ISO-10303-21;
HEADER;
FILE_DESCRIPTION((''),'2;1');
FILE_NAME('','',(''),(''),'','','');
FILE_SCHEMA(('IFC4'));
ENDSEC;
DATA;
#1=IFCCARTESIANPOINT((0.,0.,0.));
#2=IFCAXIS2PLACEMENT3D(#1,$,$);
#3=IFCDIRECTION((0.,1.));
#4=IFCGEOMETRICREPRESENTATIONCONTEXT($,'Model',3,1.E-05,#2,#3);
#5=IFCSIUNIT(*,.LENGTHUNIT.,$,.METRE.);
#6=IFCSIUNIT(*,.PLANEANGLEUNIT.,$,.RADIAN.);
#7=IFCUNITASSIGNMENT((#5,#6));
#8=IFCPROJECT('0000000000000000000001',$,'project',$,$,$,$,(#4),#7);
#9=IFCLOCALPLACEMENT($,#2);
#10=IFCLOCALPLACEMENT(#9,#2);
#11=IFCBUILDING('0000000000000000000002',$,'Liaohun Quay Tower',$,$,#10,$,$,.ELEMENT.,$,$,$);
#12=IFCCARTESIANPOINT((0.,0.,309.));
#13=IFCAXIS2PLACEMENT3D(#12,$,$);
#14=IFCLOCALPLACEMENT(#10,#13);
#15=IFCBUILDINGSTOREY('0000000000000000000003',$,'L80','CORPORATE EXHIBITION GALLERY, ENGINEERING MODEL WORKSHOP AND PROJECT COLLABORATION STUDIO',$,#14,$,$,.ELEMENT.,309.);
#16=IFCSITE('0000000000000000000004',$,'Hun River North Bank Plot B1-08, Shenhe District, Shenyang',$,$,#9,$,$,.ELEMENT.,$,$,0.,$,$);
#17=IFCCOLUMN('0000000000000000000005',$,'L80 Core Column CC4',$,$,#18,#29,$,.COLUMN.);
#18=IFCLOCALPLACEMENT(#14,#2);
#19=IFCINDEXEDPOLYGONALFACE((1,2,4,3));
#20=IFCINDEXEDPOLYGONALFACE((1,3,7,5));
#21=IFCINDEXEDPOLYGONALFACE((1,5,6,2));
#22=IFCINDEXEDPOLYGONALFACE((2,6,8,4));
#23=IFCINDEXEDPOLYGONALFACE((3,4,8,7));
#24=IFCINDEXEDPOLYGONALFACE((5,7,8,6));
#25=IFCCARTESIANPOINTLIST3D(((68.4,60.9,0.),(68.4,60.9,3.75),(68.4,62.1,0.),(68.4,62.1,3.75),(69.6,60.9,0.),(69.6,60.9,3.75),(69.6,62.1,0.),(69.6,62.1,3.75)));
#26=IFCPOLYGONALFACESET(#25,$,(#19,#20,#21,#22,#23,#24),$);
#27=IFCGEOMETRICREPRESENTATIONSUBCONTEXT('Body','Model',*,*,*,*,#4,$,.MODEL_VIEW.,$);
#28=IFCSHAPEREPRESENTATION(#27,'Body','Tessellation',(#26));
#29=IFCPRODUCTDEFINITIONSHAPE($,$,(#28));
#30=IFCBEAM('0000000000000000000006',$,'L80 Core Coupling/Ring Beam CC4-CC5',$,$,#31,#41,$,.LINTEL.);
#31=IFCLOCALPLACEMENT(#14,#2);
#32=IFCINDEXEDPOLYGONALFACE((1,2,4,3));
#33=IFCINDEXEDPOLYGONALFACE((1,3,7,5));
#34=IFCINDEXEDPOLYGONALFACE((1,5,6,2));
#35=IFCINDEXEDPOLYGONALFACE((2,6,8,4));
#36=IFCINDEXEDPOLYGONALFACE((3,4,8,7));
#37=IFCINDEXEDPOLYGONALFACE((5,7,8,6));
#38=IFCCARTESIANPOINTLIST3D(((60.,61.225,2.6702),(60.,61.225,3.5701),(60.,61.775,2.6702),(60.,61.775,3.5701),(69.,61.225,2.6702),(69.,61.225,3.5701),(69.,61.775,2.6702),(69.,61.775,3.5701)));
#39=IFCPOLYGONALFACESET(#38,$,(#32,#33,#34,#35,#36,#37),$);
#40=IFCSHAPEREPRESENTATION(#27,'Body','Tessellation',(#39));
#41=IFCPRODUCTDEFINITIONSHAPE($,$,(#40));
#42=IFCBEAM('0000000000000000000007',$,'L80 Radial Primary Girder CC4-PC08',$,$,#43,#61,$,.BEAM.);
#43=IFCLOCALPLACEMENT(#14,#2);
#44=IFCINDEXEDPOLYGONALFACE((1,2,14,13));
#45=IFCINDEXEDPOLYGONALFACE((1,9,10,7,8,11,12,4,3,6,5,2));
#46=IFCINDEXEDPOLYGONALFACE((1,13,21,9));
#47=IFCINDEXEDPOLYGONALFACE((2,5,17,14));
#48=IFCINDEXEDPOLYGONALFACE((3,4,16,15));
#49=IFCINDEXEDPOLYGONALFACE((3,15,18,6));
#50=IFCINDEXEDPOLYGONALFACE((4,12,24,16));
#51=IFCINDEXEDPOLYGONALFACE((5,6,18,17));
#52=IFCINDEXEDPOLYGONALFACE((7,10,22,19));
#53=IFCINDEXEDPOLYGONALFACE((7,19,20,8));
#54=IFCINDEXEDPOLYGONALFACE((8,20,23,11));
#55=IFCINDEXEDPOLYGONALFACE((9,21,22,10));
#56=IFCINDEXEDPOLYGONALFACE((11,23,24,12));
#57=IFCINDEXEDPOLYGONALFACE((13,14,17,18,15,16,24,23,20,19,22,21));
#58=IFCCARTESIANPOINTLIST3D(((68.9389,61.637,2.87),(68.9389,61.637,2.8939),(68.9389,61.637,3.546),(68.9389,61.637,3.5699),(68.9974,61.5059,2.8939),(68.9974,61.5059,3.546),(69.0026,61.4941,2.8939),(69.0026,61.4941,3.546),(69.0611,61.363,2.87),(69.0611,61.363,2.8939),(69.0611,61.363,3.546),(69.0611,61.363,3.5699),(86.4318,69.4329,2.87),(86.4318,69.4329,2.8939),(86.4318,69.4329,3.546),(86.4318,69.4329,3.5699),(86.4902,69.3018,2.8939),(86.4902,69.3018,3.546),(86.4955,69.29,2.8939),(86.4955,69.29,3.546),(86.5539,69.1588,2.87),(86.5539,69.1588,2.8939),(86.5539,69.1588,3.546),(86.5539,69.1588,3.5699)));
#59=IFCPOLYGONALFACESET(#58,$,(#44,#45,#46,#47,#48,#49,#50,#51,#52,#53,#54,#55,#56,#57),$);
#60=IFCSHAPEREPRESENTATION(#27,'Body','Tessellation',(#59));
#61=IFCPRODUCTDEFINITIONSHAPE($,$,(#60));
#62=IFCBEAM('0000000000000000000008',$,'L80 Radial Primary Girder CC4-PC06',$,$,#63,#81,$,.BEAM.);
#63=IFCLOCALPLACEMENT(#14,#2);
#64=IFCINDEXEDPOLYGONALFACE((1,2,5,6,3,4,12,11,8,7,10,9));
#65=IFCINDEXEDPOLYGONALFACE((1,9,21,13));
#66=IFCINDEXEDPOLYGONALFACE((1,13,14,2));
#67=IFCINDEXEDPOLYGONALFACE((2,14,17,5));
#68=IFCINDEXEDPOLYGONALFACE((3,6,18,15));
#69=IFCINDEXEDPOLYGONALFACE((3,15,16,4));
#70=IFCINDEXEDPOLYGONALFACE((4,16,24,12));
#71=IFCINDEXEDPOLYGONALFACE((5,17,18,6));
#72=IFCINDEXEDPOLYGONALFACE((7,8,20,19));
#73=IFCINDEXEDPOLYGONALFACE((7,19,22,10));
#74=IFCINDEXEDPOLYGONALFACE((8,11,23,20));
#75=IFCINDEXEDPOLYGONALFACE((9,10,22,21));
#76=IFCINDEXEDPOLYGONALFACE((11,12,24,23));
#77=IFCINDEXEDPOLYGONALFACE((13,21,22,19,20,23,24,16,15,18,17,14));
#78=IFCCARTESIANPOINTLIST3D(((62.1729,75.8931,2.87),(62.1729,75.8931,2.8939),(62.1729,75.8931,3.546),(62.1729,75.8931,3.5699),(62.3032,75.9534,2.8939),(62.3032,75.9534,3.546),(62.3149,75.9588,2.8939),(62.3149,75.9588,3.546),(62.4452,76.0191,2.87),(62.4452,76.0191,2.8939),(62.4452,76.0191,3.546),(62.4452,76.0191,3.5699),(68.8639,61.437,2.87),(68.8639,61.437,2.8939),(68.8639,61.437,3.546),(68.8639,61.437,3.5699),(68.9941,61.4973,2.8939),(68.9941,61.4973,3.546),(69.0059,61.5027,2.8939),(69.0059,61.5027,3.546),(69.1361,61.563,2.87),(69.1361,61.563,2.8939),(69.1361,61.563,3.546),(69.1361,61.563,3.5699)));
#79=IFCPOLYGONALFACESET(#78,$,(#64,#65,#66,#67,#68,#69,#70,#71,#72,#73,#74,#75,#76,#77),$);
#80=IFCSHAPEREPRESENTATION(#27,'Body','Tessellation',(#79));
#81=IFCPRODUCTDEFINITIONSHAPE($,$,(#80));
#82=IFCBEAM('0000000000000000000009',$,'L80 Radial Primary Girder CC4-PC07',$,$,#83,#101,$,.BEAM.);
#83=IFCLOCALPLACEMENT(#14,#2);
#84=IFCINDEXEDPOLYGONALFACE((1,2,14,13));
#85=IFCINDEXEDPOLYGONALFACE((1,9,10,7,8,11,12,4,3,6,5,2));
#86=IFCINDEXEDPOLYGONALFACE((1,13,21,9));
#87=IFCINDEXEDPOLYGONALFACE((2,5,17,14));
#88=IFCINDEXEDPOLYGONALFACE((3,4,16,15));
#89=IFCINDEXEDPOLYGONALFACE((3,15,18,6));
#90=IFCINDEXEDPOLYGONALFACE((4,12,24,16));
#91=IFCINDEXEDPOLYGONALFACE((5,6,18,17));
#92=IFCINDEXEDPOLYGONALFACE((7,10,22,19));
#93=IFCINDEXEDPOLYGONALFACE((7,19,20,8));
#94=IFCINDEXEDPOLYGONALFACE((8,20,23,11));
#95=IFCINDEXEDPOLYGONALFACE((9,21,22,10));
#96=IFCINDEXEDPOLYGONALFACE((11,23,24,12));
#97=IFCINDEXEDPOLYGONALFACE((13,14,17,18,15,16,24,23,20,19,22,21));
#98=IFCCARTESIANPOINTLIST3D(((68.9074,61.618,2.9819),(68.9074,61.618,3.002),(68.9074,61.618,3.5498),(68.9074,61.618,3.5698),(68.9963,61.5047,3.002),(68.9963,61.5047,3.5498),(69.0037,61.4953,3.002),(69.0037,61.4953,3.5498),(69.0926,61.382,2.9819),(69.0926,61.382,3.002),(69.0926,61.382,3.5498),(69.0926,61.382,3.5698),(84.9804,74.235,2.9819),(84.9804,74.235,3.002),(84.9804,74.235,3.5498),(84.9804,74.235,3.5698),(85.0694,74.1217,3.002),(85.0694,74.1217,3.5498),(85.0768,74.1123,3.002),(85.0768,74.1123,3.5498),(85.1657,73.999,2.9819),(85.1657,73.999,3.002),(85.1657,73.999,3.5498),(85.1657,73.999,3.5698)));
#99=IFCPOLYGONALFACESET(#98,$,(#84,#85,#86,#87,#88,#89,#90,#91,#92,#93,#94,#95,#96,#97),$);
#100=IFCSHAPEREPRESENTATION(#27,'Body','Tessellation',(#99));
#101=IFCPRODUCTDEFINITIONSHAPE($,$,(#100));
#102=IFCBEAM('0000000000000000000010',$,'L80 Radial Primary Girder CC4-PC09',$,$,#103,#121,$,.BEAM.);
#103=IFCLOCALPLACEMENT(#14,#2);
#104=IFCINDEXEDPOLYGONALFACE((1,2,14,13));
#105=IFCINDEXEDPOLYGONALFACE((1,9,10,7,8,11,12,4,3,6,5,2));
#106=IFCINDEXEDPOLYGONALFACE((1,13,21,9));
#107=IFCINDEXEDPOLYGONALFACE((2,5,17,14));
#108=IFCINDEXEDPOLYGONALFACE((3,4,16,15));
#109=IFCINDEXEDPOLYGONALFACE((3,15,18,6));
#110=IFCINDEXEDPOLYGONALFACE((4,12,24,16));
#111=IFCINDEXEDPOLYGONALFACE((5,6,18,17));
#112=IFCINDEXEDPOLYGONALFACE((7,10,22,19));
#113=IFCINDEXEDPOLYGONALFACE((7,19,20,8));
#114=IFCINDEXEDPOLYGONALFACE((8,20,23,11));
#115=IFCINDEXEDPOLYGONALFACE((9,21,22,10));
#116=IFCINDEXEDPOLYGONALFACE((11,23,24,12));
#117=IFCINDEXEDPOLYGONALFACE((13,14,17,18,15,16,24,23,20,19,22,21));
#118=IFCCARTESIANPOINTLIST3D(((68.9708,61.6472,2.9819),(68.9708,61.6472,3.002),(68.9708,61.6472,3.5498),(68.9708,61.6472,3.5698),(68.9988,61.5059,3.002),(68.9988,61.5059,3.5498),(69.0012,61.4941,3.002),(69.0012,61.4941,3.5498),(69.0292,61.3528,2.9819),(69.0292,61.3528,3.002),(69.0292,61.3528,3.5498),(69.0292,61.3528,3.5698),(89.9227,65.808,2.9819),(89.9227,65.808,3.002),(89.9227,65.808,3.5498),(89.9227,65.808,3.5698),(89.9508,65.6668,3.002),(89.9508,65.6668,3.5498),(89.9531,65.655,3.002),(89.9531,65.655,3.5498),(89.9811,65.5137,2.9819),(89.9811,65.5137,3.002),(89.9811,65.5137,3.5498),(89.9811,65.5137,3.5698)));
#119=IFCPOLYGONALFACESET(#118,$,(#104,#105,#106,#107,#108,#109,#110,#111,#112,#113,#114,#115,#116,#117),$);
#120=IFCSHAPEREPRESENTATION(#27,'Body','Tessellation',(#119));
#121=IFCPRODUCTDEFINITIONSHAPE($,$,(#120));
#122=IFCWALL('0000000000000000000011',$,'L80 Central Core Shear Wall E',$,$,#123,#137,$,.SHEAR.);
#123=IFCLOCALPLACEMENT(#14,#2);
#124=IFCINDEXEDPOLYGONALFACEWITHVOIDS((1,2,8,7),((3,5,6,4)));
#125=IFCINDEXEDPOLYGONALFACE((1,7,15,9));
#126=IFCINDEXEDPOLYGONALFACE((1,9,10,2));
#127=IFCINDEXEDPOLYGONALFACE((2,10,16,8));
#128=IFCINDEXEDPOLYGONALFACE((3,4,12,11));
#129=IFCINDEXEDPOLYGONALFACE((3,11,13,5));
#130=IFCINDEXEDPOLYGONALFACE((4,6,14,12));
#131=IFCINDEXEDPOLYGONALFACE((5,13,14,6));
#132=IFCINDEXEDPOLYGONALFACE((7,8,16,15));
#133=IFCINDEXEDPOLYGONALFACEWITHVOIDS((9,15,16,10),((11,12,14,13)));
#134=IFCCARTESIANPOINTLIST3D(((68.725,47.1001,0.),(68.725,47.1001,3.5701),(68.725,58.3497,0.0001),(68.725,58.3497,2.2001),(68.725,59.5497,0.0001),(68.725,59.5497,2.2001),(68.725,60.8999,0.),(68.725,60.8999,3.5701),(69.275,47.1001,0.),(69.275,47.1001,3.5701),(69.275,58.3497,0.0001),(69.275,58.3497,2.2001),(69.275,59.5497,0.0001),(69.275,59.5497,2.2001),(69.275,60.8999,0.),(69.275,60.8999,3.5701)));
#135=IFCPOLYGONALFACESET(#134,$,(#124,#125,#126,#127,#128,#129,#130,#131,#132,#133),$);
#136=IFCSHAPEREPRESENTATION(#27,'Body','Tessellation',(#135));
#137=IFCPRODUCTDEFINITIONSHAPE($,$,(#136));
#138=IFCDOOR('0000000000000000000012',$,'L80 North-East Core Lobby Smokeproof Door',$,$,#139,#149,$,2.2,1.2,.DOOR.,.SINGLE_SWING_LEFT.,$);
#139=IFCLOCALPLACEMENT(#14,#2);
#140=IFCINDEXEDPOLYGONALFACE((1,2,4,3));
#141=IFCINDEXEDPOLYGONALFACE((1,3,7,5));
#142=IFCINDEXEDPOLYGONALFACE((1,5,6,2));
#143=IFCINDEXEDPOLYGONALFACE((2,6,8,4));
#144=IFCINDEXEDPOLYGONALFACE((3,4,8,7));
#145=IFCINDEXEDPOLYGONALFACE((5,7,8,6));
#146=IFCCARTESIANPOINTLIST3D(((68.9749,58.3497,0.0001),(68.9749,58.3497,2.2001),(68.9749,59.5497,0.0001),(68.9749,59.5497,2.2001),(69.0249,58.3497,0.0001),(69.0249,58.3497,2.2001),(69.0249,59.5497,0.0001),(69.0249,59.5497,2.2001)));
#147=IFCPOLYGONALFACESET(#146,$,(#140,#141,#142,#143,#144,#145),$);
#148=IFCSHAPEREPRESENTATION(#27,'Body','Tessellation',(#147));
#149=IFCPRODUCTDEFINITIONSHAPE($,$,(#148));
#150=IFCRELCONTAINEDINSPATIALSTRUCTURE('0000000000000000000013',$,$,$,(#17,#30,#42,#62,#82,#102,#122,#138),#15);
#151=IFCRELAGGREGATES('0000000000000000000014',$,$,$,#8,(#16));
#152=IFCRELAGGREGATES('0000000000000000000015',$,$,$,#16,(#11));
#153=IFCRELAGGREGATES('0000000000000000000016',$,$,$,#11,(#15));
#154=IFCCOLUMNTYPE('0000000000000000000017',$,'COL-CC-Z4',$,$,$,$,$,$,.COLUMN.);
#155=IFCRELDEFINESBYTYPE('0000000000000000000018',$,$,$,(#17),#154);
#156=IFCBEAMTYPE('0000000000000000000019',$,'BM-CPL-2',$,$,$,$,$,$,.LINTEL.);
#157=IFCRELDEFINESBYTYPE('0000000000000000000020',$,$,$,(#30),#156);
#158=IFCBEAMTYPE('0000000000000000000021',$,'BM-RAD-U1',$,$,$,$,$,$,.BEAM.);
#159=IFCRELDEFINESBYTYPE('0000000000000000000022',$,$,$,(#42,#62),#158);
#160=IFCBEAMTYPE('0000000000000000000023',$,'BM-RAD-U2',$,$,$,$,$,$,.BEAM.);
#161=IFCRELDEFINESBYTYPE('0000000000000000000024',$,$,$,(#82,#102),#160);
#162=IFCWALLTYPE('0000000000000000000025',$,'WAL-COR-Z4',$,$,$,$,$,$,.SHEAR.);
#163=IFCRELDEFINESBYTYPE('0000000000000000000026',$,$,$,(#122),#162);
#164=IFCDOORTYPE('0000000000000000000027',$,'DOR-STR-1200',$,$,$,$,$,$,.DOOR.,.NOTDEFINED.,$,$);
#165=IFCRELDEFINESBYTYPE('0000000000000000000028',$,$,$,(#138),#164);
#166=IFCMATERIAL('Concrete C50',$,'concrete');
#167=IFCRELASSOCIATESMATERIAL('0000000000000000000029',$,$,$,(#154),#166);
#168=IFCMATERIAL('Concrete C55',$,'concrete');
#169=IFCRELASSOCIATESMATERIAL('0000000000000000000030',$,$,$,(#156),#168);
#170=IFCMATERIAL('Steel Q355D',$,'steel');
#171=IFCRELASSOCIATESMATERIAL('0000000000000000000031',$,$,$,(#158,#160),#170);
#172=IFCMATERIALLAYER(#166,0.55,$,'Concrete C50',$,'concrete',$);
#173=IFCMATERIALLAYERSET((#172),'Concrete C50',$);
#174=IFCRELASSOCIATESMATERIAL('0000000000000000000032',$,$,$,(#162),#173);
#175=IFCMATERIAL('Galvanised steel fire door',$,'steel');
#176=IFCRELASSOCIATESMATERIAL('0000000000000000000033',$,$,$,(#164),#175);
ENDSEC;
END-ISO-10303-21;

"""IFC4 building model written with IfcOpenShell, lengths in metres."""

from ifc_helpers import new_model, si_unit, direction, frame, frame_2d, origin, origin_2d, place, context, subcontext, project, spatial, rectangle, i_section, extrude, source, transform, mapped, material, layer, layer_set, material_profile, profile_set, type_object, element, fill, save


model = new_model("IFC4")

# Units and contexts
model_context = context("Model", 3, precision=1e-05, world=origin(), true_north=direction((0.0, 1.0)))
body_context = subcontext(model_context, "Body", "Model", "MODEL_VIEW")
ifc_project = project(units=[si_unit("LENGTHUNIT", "METRE"), si_unit("PLANEANGLEUNIT", "RADIAN")], contexts=[model_context])

# Site, building, storey
site_placement = place(None, origin())
site = spatial("IfcSite", under=ifc_project, at=site_placement, Name="Hun River North Bank Plot B1-08, Shenhe District, Shenyang", CompositionType="ELEMENT", RefElevation=0.0)
building_placement = place(site_placement, origin())
building = spatial("IfcBuilding", under=site, at=building_placement, Name="Liaohun Quay Tower", CompositionType="ELEMENT")
storey_placement = place(building_placement, frame((0.0, 0.0, 309.0)))
storey = spatial("IfcBuildingStorey", under=building, at=storey_placement, Name="L80", Description="CORPORATE EXHIBITION GALLERY, ENGINEERING MODEL WORKSHOP AND PROJECT COLLABORATION STUDIO", CompositionType="ELEMENT", Elevation=309.0)

# Column
ifc_material_1 = material(Name="Concrete C50", Category="concrete")
ifc_material_profile_1 = material_profile(ifc_material_1, rectangle(XDim=1.2, YDim=1.2, at=origin_2d()), Name="RC1200x1200")
ifc_profile_set_1 = profile_set([ifc_material_profile_1], Name="Concrete C50")
column_type = type_object("IfcColumnType", Name="COL-CC-Z4", PredefinedType="COLUMN", material=ifc_profile_set_1)
shared_shape_1 = source(origin(), body_context, "Body", "SweptSolid", [
    extrude(rectangle(XDim=1.2, YDim=1.2, at=origin_2d()), origin(), (0.0, 0.0, 1.0), 3.75),
])
column_placement = place(storey_placement, frame((69.0, 61.5, 0.0), z_axis=(0.0, 0.0, 1.0), x_axis=(1.0, 0.0, 0.0)))
element("IfcColumn", 1, at=column_placement, inside=storey, type_object=column_type, Name="L80 Core Column CC4", PredefinedType="COLUMN", context=body_context, shape_type="MappedRepresentation", body=[
    mapped(shared_shape_1, transform((0.0, 0.0, 0.0), x_axis=(1.0, 0.0, 0.0), y_axis=(0.0, 1.0, 0.0), z_axis=(0.0, 0.0, 1.0), scale=1.0)),
])

# Beams
ifc_material_2 = material(Name="Concrete C55", Category="concrete")
ifc_material_profile_2 = material_profile(ifc_material_2, rectangle(XDim=0.55, YDim=0.8999, at=origin_2d()), Name="RC550x900")
ifc_profile_set_2 = profile_set([ifc_material_profile_2], Name="Concrete C55")
beam_type_1 = type_object("IfcBeamType", Name="BM-CPL-2", PredefinedType="LINTEL", material=ifc_profile_set_2)
shared_shape_2 = source(origin(), body_context, "Body", "SweptSolid", [
    extrude(rectangle(XDim=0.55, YDim=0.8999, at=origin_2d()), origin(), (0.0, 0.0, 1.0), 9.0),
])
beam_1_placement = place(storey_placement, frame((69.0, 61.5, 3.1201), z_axis=(-1.0, 0.0, 0.0), x_axis=(0.0, -1.0, 0.0)))
element("IfcBeam", 2, at=beam_1_placement, inside=storey, type_object=beam_type_1, Name="L80 Core Coupling/Ring Beam CC4-CC5", PredefinedType="LINTEL", context=body_context, shape_type="MappedRepresentation", body=[
    mapped(shared_shape_2, transform((0.0, 0.0, 0.0), x_axis=(1.0, 0.0, 0.0), y_axis=(0.0, 1.0, 0.0), z_axis=(0.0, 0.0, 1.0), scale=1.0)),
])
ifc_material_3 = material(Name="Steel Q355D", Category="steel")
ifc_material_profile_3 = material_profile(ifc_material_3, i_section(OverallWidth=0.3, OverallDepth=0.7, WebThickness=0.0129, FlangeThickness=0.0239, at=origin_2d()), Name="HN700x300x13x24")
ifc_profile_set_3 = profile_set([ifc_material_profile_3], Name="Steel Q355D")
beam_type_2 = type_object("IfcBeamType", Name="BM-RAD-U1", PredefinedType="BEAM", material=ifc_profile_set_3)
shared_shape_3 = source(origin(), body_context, "Body", "SweptSolid", [
    extrude(i_section(OverallWidth=0.3, OverallDepth=0.7, WebThickness=0.0129, FlangeThickness=0.0239, at=origin_2d()), origin(), (0.0, 0.0, 1.0), 19.1514),
])
beam_2_placement = place(storey_placement, frame((69.0, 61.5, 3.22), z_axis=(0.913399, 0.407066, 0.0), x_axis=(-0.407066, 0.913399, 0.0)))
element("IfcBeam", 3, at=beam_2_placement, inside=storey, type_object=beam_type_2, Name="L80 Radial Primary Girder CC4-PC08", PredefinedType="BEAM", context=body_context, shape_type="MappedRepresentation", body=[
    mapped(shared_shape_3, transform((0.0, 0.0, 0.0), x_axis=(1.0, 0.0, 0.0), y_axis=(0.0, 1.0, 0.0), z_axis=(0.0, 0.0, 1.0), scale=1.0)),
])
shared_shape_4 = source(origin(), body_context, "Body", "SweptSolid", [
    extrude(i_section(OverallWidth=0.3, OverallDepth=0.7, WebThickness=0.0129, FlangeThickness=0.0239, at=origin_2d()), origin(), (0.0, 0.0, 1.0), 15.9294),
])
beam_3_placement = place(storey_placement, frame((69.0, 61.5, 3.22), z_axis=(-0.420036, 0.907508, 0.0), x_axis=(-0.907508, -0.420036, 0.0)))
element("IfcBeam", 4, at=beam_3_placement, inside=storey, type_object=beam_type_2, Name="L80 Radial Primary Girder CC4-PC06", PredefinedType="BEAM", context=body_context, shape_type="MappedRepresentation", body=[
    mapped(shared_shape_4, transform((0.0, 0.0, 0.0), x_axis=(1.0, 0.0, 0.0), y_axis=(0.0, 1.0, 0.0), z_axis=(0.0, 0.0, 1.0), scale=1.0)),
])
ifc_material_profile_4 = material_profile(ifc_material_3, i_section(OverallWidth=0.3, OverallDepth=0.5879, WebThickness=0.012, FlangeThickness=0.02, at=origin_2d()), Name="HM588x300x12x20")
ifc_profile_set_4 = profile_set([ifc_material_profile_4], Name="Steel Q355D")
beam_type_3 = type_object("IfcBeamType", Name="BM-RAD-U2", PredefinedType="BEAM", material=ifc_profile_set_4)
shared_shape_5 = source(origin(), body_context, "Body", "SweptSolid", [
    extrude(i_section(OverallWidth=0.3, OverallDepth=0.5879, WebThickness=0.012, FlangeThickness=0.02, at=origin_2d()), origin(), (0.0, 0.0, 1.0), 20.4336),
])
beam_4_placement = place(storey_placement, frame((69.0, 61.5, 3.2759), z_axis=(0.7866, 0.617463, 0.0), x_axis=(-0.617463, 0.7866, 0.0)))
element("IfcBeam", 5, at=beam_4_placement, inside=storey, type_object=beam_type_3, Name="L80 Radial Primary Girder CC4-PC07", PredefinedType="BEAM", context=body_context, shape_type="MappedRepresentation", body=[
    mapped(shared_shape_5, transform((0.0, 0.0, 0.0), x_axis=(1.0, 0.0, 0.0), y_axis=(0.0, 1.0, 0.0), z_axis=(0.0, 0.0, 1.0), scale=1.0)),
])
shared_shape_6 = source(origin(), body_context, "Body", "SweptSolid", [
    extrude(i_section(OverallWidth=0.3, OverallDepth=0.5879, WebThickness=0.012, FlangeThickness=0.02, at=origin_2d()), origin(), (0.0, 0.0, 1.0), 21.3611),
])
beam_5_placement = place(storey_placement, frame((69.0, 61.5, 3.2759), z_axis=(0.980845, 0.194788, 0.0), x_axis=(-0.194788, 0.980845, 0.0)))
element("IfcBeam", 6, at=beam_5_placement, inside=storey, type_object=beam_type_3, Name="L80 Radial Primary Girder CC4-PC09", PredefinedType="BEAM", context=body_context, shape_type="MappedRepresentation", body=[
    mapped(shared_shape_6, transform((0.0, 0.0, 0.0), x_axis=(1.0, 0.0, 0.0), y_axis=(0.0, 1.0, 0.0), z_axis=(0.0, 0.0, 1.0), scale=1.0)),
])

# Wall, opening, door
ifc_layer_1 = layer(ifc_material_1, 0.55, Name="Concrete C50", Category="concrete")
ifc_layer_set_1 = layer_set([ifc_layer_1], Name="Concrete C50")
wall_type_1 = type_object("IfcWallType", Name="WAL-COR-Z4", PredefinedType="SHEAR", material=ifc_layer_set_1)
wall_1_placement = place(storey_placement, frame((69.0, 60.8999, 0.0), z_axis=(0.0, 0.0, 1.0), x_axis=(0.0, -1.0, 0.0)))
wall_1 = element("IfcWall", 7, at=wall_1_placement, inside=storey, type_object=wall_type_1, Name="L80 Central Core Shear Wall E", PredefinedType="SHEAR", context=body_context, shape_type="SweptSolid", body=[
    extrude(rectangle(XDim=13.7998, YDim=0.55, at=frame_2d((6.8999, 0.0))), origin(), (0.0, 0.0, 1.0), 3.5701),
])
shared_shape_7 = source(origin(), body_context, "Body", "SweptSolid", [
    extrude(rectangle(XDim=1.2, YDim=2.2, at=frame_2d((0.6001, 1.1001))), frame((0.0, 0.2849, 0.0), z_axis=(0.0, -1.0, 0.0), x_axis=(1.0, 0.0, 0.0)), (0.0, 0.0, 1.0), 0.5701),
])
opening_1_placement = place(wall_1_placement, frame((1.3501, 0.0, 0.0)))
opening_1 = element("IfcOpeningElement", 8, at=opening_1_placement, cuts=wall_1, PredefinedType="OPENING", context=body_context, shape_type="MappedRepresentation", body=[
    mapped(shared_shape_7, transform((0.0, 0.0, 0.0), x_axis=(1.0, 0.0, 0.0), y_axis=(0.0, 1.0, 0.0), z_axis=(0.0, 0.0, 1.0), scale=1.0)),
])
ifc_material_4 = material(Name="Galvanised steel fire door", Category="steel")
door_type_1 = type_object("IfcDoorType", Name="DOR-STR-1200", OperationType="NOTDEFINED", PredefinedType="DOOR", material=ifc_material_4)
shared_shape_8 = source(origin(), body_context, "Body", "SweptSolid", [
    extrude(rectangle(XDim=1.2, YDim=2.2, at=frame_2d((0.6001, 1.1001))), frame((0.0, 0.0249, 0.0), z_axis=(0.0, -1.0, 0.0), x_axis=(1.0, 0.0, 0.0)), (0.0, 0.0, 1.0), 0.05),
])
door_1_placement = place(opening_1_placement, origin())
door_1 = element("IfcDoor", 9, at=door_1_placement, inside=storey, type_object=door_type_1, Name="L80 North-East Core Lobby Smokeproof Door", OperationType="SINGLE_SWING_LEFT", OverallHeight=2.2, OverallWidth=1.2, PredefinedType="DOOR", context=body_context, shape_type="MappedRepresentation", body=[
    mapped(shared_shape_8, transform((0.0, 0.0, 0.0), x_axis=(1.0, 0.0, 0.0), y_axis=(0.0, 1.0, 0.0), z_axis=(0.0, 0.0, 1.0), scale=1.0)),
])
fill(opening_1, door_1)

save(model, "model.ifc")
